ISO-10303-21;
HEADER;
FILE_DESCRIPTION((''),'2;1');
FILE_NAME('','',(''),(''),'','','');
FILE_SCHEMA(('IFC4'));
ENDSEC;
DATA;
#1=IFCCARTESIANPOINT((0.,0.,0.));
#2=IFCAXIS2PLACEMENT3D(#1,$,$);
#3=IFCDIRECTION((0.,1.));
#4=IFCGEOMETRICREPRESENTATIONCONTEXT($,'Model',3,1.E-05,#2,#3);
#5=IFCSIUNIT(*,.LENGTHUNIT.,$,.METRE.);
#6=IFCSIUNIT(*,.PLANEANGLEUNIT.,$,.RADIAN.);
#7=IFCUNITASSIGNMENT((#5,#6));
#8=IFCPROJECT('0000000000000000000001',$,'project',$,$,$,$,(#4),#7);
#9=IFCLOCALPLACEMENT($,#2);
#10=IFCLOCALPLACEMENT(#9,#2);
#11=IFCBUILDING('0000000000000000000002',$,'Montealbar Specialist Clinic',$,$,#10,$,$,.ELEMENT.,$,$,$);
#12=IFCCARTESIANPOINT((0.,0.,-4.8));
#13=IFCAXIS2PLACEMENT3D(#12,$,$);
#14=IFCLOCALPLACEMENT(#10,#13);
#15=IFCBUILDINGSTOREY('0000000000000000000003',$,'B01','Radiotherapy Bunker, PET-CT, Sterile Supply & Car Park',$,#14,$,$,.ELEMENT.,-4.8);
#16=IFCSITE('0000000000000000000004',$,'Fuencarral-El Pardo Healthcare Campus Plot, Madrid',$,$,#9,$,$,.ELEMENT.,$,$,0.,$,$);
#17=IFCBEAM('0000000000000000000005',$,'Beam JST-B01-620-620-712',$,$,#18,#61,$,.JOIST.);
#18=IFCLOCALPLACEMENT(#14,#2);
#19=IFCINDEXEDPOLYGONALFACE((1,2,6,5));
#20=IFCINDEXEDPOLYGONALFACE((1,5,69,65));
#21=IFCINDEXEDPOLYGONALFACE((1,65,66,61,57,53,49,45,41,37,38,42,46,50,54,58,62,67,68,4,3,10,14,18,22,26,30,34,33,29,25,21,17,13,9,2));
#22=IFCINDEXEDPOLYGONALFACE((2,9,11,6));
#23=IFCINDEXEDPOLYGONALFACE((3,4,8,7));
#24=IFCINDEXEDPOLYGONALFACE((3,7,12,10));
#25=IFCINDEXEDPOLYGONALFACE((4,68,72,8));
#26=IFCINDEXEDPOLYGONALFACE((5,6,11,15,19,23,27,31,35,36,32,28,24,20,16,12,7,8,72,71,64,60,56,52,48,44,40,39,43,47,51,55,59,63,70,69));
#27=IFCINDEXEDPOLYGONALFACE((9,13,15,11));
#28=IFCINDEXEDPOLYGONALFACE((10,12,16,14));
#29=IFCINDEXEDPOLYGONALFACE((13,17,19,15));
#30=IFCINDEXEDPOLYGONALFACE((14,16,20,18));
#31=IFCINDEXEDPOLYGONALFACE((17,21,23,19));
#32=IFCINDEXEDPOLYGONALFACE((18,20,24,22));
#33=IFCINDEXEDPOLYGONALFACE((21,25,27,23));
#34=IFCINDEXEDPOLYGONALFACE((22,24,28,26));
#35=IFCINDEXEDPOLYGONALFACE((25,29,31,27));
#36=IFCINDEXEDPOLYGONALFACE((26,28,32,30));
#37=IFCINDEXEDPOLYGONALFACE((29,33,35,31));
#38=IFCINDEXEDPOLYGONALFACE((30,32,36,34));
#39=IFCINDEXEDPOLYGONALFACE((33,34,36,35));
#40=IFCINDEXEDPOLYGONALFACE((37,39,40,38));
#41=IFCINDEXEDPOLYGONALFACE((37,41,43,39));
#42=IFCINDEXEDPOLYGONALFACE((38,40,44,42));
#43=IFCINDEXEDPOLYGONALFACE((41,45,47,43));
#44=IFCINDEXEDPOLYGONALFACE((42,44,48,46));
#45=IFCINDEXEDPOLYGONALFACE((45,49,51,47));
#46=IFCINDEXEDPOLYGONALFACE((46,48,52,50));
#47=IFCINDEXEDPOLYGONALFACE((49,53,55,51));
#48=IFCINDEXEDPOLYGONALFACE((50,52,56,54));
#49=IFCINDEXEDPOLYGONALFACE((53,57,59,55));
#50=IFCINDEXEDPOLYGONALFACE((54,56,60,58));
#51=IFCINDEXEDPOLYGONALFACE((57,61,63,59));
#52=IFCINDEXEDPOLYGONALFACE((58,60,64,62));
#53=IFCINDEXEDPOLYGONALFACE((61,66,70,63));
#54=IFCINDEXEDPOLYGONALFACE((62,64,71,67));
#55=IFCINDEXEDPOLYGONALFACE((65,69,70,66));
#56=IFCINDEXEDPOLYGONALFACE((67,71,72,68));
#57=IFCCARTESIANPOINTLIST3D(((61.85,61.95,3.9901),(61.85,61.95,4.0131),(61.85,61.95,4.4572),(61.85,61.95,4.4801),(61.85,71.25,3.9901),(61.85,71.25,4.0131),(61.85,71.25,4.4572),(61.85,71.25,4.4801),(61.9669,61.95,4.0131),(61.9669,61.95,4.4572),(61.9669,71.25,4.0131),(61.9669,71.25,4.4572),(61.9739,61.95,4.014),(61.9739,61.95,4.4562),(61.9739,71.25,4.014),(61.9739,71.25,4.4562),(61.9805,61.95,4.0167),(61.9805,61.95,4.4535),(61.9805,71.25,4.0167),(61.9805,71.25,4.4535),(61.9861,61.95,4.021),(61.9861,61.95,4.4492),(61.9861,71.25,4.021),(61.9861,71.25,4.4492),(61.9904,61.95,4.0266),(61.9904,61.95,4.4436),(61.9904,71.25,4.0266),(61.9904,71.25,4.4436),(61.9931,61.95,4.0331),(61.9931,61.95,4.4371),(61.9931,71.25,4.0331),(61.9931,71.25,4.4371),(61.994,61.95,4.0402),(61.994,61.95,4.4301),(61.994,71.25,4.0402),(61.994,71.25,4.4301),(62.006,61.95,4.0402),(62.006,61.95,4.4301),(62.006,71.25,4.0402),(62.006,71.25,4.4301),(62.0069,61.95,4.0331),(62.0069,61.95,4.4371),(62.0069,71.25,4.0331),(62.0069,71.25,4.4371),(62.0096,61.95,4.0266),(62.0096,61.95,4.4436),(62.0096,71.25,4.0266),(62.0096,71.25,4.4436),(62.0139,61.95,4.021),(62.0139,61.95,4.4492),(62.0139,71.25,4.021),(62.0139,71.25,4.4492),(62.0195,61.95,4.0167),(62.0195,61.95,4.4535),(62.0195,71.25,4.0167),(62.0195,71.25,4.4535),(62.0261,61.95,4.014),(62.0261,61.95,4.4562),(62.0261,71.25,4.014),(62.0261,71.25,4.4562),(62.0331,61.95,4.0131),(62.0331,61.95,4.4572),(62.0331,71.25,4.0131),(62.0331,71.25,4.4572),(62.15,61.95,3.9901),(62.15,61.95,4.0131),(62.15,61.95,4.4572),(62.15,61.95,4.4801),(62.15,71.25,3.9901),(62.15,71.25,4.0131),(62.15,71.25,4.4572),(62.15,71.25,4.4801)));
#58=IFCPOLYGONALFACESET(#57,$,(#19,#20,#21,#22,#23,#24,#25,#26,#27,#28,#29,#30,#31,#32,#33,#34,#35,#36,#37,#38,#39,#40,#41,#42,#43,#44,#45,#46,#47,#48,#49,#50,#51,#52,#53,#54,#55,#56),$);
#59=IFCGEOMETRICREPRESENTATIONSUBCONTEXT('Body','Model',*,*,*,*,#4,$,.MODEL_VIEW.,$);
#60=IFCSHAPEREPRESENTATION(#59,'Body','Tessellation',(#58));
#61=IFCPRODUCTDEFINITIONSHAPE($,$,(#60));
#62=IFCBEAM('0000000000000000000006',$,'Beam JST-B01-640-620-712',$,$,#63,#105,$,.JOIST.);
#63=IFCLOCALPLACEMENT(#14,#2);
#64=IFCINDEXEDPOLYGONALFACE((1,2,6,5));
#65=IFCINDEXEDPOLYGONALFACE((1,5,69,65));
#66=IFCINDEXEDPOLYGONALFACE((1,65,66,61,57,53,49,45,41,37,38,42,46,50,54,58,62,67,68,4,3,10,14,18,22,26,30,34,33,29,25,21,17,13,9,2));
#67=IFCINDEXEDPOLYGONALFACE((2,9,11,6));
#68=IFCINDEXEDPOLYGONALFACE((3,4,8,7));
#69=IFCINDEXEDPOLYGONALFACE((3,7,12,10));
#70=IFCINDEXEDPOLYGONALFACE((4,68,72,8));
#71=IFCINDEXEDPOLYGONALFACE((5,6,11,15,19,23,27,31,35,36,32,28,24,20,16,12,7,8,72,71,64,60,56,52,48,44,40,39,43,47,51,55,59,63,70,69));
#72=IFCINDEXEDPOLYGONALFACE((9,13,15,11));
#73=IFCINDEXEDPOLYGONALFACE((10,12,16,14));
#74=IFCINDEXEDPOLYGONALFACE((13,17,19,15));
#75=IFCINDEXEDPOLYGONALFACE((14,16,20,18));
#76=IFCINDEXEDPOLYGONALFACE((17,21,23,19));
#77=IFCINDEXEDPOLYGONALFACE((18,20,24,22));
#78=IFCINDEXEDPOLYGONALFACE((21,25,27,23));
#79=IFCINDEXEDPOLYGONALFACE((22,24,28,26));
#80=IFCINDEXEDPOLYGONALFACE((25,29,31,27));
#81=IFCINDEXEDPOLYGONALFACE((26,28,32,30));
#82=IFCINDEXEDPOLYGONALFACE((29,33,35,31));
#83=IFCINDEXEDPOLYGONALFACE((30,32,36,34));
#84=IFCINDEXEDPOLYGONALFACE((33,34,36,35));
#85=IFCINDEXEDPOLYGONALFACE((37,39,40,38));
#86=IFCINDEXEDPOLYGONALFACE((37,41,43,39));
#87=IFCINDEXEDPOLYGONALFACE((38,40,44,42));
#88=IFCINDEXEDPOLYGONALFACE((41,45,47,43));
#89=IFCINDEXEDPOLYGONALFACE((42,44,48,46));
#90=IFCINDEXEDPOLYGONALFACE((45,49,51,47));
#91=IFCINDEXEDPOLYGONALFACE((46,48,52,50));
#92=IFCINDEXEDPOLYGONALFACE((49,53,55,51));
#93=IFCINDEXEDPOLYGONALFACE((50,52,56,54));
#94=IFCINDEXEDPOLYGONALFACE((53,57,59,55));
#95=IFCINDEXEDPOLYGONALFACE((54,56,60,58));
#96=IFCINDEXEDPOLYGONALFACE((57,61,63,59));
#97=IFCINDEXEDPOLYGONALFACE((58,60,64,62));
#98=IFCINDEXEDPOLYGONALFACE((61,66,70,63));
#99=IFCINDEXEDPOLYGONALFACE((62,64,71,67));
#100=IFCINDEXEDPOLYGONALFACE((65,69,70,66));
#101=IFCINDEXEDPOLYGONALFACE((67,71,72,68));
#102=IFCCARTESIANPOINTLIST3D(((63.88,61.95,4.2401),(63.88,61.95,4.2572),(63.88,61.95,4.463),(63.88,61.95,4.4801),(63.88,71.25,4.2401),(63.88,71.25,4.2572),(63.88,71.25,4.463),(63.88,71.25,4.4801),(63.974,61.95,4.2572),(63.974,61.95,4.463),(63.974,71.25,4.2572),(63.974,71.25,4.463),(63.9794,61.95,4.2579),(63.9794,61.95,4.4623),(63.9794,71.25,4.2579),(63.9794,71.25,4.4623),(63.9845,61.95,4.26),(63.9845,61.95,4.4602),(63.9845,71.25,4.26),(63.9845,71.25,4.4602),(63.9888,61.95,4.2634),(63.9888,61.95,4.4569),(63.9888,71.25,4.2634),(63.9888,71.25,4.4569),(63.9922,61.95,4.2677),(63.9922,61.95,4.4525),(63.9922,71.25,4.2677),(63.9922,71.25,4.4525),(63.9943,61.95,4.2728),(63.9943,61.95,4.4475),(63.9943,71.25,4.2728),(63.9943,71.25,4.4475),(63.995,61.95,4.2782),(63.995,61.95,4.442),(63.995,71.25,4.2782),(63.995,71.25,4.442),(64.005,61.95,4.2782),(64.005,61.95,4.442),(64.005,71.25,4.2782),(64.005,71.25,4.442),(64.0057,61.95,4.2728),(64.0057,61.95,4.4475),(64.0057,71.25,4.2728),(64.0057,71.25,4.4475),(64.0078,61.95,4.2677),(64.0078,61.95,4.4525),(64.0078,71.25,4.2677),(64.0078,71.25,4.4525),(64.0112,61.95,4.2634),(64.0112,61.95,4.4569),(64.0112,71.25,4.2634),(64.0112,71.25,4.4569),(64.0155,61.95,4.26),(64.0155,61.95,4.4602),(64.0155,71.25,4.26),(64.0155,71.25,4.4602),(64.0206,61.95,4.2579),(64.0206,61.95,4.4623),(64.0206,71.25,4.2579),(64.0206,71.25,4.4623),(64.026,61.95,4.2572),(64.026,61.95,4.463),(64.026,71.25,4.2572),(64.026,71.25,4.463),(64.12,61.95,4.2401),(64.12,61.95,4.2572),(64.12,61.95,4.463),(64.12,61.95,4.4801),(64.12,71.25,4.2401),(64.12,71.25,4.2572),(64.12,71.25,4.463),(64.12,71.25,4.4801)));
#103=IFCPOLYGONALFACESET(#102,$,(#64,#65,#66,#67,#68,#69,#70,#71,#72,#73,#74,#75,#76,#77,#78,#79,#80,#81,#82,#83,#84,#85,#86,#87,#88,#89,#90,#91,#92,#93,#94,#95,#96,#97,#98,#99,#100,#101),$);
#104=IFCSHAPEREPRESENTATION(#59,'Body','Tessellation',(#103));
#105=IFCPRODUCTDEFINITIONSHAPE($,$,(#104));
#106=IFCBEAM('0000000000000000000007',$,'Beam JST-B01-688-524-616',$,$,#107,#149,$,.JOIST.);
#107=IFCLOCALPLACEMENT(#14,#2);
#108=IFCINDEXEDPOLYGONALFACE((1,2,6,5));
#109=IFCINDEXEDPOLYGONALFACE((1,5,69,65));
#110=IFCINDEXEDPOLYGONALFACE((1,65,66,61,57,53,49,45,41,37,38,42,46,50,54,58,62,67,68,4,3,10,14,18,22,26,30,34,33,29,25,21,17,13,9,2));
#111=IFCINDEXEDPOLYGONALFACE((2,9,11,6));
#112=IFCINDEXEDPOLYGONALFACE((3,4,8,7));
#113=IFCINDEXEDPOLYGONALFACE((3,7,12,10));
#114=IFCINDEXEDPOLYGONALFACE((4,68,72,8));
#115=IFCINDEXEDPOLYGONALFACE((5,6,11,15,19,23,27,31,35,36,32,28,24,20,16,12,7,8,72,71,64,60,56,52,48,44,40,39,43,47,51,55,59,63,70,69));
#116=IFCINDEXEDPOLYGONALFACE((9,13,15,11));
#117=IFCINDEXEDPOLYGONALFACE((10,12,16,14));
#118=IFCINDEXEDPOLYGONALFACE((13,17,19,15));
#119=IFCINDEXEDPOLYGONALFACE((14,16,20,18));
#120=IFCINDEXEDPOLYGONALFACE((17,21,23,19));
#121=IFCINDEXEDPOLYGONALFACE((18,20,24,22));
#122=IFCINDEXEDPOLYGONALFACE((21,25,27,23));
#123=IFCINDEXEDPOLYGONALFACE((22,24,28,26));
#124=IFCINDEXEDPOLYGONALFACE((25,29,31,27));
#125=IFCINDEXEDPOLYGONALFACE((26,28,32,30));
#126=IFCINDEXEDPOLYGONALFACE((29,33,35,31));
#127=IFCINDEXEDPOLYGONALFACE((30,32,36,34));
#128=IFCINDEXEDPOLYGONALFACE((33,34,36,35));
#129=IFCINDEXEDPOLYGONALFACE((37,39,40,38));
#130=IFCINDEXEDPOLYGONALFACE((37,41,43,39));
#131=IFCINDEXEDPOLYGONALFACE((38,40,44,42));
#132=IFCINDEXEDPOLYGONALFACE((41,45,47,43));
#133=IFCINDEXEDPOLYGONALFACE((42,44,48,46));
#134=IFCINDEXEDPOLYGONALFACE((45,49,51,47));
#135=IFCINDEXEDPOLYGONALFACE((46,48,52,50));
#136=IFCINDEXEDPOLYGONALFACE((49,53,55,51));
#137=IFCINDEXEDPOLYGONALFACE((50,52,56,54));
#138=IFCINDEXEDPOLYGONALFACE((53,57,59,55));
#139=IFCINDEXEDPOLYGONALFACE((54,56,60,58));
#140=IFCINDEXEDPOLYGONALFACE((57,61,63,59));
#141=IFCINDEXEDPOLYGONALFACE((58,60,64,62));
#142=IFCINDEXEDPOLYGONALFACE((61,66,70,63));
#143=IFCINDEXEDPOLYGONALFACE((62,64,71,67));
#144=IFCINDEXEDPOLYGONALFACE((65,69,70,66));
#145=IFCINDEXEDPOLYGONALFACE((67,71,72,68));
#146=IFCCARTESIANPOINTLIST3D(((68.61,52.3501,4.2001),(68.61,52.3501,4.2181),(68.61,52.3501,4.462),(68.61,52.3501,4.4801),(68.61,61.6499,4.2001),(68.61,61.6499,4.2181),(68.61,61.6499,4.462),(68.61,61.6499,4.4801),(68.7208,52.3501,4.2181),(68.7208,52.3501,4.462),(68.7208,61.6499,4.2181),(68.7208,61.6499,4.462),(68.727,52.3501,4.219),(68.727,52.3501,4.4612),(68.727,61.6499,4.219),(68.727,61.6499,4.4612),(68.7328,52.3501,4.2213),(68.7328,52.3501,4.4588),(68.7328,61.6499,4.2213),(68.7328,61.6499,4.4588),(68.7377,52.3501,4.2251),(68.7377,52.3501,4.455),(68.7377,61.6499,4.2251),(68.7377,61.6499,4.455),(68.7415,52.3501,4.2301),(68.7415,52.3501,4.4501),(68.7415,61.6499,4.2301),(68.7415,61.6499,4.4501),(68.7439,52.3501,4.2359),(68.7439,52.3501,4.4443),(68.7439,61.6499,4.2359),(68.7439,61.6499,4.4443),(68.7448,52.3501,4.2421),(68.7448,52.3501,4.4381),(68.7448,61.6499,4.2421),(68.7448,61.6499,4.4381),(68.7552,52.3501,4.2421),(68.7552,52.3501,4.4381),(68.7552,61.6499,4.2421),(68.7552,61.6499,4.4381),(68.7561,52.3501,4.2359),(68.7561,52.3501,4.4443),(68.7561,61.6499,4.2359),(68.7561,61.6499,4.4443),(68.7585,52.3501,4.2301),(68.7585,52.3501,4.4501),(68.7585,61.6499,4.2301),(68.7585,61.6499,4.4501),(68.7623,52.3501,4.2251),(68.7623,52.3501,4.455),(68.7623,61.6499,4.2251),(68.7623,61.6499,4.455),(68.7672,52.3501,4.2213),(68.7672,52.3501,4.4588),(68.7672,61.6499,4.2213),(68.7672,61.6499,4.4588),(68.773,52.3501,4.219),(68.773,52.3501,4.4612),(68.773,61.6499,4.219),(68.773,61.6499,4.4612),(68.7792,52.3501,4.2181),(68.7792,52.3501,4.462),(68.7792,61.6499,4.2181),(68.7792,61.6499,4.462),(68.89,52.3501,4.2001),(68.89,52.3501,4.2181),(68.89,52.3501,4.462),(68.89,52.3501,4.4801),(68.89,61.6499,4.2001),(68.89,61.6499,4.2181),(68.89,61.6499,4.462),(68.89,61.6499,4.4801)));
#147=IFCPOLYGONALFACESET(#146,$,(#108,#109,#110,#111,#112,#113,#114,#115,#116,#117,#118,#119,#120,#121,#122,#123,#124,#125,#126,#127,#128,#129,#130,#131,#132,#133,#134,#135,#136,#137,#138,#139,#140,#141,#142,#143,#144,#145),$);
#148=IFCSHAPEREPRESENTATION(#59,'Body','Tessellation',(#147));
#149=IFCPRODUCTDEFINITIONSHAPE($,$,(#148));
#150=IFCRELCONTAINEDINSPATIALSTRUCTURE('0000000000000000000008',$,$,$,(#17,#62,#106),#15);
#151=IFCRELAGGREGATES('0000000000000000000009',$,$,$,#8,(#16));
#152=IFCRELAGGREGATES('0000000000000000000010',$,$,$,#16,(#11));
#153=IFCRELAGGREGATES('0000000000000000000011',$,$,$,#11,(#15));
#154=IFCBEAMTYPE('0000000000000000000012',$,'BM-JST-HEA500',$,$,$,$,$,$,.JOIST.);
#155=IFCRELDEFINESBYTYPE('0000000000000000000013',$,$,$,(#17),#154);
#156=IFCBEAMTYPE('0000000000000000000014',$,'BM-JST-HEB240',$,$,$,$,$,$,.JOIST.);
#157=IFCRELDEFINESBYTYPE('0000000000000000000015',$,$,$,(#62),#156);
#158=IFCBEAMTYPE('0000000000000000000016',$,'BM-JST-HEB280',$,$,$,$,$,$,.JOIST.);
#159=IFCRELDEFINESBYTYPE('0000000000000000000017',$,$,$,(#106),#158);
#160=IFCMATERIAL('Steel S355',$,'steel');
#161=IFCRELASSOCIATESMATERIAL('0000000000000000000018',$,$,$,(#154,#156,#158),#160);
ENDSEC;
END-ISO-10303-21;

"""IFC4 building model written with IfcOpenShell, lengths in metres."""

from ifc_helpers import new_model, si_unit, direction, frame, origin, origin_2d, place, context, subcontext, project, spatial, i_section, extrude, material, material_profile, profile_set, type_object, element, save


model = new_model("IFC4")

# Units and contexts
model_context = context("Model", 3, precision=1e-05, world=origin(), true_north=direction((0.0, 1.0)))
body_context = subcontext(model_context, "Body", "Model", "MODEL_VIEW")
ifc_project = project(units=[si_unit("LENGTHUNIT", "METRE"), si_unit("PLANEANGLEUNIT", "RADIAN")], contexts=[model_context])

# Site, building, storey
site_placement = place(None, origin())
site = spatial("IfcSite", under=ifc_project, at=site_placement, Name="Fuencarral-El Pardo Healthcare Campus Plot, Madrid", CompositionType="ELEMENT", RefElevation=0.0)
building_placement = place(site_placement, origin())
building = spatial("IfcBuilding", under=site, at=building_placement, Name="Montealbar Specialist Clinic", CompositionType="ELEMENT")
storey_placement = place(building_placement, frame((0.0, 0.0, -4.8)))
storey = spatial("IfcBuildingStorey", under=building, at=storey_placement, Name="B01", Description="Radiotherapy Bunker, PET-CT, Sterile Supply & Car Park", CompositionType="ELEMENT", Elevation=-4.8)

# Shared definitions
ifc_material_1 = material(Name="Steel S355", Category="steel")

# Beams
ifc_material_profile_1 = material_profile(ifc_material_1, i_section(OverallWidth=0.3, OverallDepth=0.49, WebThickness=0.012, FlangeThickness=0.0229, FilletRadius=0.0271, at=origin_2d()), Name="HEA 500", Category="steel")
ifc_profile_set_1 = profile_set([ifc_material_profile_1], Name="Steel S355")
beam_type_1 = type_object("IfcBeamType", Name="BM-JST-HEA500", PredefinedType="JOIST", material=ifc_profile_set_1)
beam_1_placement = place(storey_placement, frame((62.0, 61.95, 4.2351), z_axis=(0.0, 1.0, 0.0), x_axis=(-1.0, 0.0, 0.0)))
element("IfcBeam", 1, at=beam_1_placement, inside=storey, type_object=beam_type_1, Name="Beam JST-B01-620-620-712", PredefinedType="JOIST", context=body_context, shape_type="SweptSolid", body=[
    extrude(i_section(OverallWidth=0.3, OverallDepth=0.49, WebThickness=0.012, FlangeThickness=0.0229, FilletRadius=0.0271, at=origin_2d()), origin(), (0.0, 0.0, 1.0), 9.3),
])
ifc_material_profile_2 = material_profile(ifc_material_1, i_section(OverallWidth=0.24, OverallDepth=0.24, WebThickness=0.01, FlangeThickness=0.0171, FilletRadius=0.021, at=origin_2d()), Name="HEB 240", Category="steel")
ifc_profile_set_2 = profile_set([ifc_material_profile_2], Name="Steel S355")
beam_type_2 = type_object("IfcBeamType", Name="BM-JST-HEB240", PredefinedType="JOIST", material=ifc_profile_set_2)
beam_2_placement = place(storey_placement, frame((64.0, 61.95, 4.3601), z_axis=(0.0, 1.0, 0.0), x_axis=(-1.0, 0.0, 0.0)))
element("IfcBeam", 2, at=beam_2_placement, inside=storey, type_object=beam_type_2, Name="Beam JST-B01-640-620-712", PredefinedType="JOIST", context=body_context, shape_type="SweptSolid", body=[
    extrude(i_section(OverallWidth=0.24, OverallDepth=0.24, WebThickness=0.01, FlangeThickness=0.0171, FilletRadius=0.021, at=origin_2d()), origin(), (0.0, 0.0, 1.0), 9.3),
])
ifc_material_profile_3 = material_profile(ifc_material_1, i_section(OverallWidth=0.28, OverallDepth=0.28, WebThickness=0.0105, FlangeThickness=0.0181, FilletRadius=0.0239, at=origin_2d()), Name="HEB 280", Category="steel")
ifc_profile_set_3 = profile_set([ifc_material_profile_3], Name="Steel S355")
beam_type_3 = type_object("IfcBeamType", Name="BM-JST-HEB280", PredefinedType="JOIST", material=ifc_profile_set_3)
beam_3_placement = place(storey_placement, frame((68.75, 52.3501, 4.3401), z_axis=(0.0, 1.0, 0.0), x_axis=(-1.0, 0.0, 0.0)))
element("IfcBeam", 3, at=beam_3_placement, inside=storey, type_object=beam_type_3, Name="Beam JST-B01-688-524-616", PredefinedType="JOIST", context=body_context, shape_type="SweptSolid", body=[
    extrude(i_section(OverallWidth=0.28, OverallDepth=0.28, WebThickness=0.0105, FlangeThickness=0.0181, FilletRadius=0.0239, at=origin_2d()), origin(), (0.0, 0.0, 1.0), 9.2998),
])

save(model, "model.ifc")
